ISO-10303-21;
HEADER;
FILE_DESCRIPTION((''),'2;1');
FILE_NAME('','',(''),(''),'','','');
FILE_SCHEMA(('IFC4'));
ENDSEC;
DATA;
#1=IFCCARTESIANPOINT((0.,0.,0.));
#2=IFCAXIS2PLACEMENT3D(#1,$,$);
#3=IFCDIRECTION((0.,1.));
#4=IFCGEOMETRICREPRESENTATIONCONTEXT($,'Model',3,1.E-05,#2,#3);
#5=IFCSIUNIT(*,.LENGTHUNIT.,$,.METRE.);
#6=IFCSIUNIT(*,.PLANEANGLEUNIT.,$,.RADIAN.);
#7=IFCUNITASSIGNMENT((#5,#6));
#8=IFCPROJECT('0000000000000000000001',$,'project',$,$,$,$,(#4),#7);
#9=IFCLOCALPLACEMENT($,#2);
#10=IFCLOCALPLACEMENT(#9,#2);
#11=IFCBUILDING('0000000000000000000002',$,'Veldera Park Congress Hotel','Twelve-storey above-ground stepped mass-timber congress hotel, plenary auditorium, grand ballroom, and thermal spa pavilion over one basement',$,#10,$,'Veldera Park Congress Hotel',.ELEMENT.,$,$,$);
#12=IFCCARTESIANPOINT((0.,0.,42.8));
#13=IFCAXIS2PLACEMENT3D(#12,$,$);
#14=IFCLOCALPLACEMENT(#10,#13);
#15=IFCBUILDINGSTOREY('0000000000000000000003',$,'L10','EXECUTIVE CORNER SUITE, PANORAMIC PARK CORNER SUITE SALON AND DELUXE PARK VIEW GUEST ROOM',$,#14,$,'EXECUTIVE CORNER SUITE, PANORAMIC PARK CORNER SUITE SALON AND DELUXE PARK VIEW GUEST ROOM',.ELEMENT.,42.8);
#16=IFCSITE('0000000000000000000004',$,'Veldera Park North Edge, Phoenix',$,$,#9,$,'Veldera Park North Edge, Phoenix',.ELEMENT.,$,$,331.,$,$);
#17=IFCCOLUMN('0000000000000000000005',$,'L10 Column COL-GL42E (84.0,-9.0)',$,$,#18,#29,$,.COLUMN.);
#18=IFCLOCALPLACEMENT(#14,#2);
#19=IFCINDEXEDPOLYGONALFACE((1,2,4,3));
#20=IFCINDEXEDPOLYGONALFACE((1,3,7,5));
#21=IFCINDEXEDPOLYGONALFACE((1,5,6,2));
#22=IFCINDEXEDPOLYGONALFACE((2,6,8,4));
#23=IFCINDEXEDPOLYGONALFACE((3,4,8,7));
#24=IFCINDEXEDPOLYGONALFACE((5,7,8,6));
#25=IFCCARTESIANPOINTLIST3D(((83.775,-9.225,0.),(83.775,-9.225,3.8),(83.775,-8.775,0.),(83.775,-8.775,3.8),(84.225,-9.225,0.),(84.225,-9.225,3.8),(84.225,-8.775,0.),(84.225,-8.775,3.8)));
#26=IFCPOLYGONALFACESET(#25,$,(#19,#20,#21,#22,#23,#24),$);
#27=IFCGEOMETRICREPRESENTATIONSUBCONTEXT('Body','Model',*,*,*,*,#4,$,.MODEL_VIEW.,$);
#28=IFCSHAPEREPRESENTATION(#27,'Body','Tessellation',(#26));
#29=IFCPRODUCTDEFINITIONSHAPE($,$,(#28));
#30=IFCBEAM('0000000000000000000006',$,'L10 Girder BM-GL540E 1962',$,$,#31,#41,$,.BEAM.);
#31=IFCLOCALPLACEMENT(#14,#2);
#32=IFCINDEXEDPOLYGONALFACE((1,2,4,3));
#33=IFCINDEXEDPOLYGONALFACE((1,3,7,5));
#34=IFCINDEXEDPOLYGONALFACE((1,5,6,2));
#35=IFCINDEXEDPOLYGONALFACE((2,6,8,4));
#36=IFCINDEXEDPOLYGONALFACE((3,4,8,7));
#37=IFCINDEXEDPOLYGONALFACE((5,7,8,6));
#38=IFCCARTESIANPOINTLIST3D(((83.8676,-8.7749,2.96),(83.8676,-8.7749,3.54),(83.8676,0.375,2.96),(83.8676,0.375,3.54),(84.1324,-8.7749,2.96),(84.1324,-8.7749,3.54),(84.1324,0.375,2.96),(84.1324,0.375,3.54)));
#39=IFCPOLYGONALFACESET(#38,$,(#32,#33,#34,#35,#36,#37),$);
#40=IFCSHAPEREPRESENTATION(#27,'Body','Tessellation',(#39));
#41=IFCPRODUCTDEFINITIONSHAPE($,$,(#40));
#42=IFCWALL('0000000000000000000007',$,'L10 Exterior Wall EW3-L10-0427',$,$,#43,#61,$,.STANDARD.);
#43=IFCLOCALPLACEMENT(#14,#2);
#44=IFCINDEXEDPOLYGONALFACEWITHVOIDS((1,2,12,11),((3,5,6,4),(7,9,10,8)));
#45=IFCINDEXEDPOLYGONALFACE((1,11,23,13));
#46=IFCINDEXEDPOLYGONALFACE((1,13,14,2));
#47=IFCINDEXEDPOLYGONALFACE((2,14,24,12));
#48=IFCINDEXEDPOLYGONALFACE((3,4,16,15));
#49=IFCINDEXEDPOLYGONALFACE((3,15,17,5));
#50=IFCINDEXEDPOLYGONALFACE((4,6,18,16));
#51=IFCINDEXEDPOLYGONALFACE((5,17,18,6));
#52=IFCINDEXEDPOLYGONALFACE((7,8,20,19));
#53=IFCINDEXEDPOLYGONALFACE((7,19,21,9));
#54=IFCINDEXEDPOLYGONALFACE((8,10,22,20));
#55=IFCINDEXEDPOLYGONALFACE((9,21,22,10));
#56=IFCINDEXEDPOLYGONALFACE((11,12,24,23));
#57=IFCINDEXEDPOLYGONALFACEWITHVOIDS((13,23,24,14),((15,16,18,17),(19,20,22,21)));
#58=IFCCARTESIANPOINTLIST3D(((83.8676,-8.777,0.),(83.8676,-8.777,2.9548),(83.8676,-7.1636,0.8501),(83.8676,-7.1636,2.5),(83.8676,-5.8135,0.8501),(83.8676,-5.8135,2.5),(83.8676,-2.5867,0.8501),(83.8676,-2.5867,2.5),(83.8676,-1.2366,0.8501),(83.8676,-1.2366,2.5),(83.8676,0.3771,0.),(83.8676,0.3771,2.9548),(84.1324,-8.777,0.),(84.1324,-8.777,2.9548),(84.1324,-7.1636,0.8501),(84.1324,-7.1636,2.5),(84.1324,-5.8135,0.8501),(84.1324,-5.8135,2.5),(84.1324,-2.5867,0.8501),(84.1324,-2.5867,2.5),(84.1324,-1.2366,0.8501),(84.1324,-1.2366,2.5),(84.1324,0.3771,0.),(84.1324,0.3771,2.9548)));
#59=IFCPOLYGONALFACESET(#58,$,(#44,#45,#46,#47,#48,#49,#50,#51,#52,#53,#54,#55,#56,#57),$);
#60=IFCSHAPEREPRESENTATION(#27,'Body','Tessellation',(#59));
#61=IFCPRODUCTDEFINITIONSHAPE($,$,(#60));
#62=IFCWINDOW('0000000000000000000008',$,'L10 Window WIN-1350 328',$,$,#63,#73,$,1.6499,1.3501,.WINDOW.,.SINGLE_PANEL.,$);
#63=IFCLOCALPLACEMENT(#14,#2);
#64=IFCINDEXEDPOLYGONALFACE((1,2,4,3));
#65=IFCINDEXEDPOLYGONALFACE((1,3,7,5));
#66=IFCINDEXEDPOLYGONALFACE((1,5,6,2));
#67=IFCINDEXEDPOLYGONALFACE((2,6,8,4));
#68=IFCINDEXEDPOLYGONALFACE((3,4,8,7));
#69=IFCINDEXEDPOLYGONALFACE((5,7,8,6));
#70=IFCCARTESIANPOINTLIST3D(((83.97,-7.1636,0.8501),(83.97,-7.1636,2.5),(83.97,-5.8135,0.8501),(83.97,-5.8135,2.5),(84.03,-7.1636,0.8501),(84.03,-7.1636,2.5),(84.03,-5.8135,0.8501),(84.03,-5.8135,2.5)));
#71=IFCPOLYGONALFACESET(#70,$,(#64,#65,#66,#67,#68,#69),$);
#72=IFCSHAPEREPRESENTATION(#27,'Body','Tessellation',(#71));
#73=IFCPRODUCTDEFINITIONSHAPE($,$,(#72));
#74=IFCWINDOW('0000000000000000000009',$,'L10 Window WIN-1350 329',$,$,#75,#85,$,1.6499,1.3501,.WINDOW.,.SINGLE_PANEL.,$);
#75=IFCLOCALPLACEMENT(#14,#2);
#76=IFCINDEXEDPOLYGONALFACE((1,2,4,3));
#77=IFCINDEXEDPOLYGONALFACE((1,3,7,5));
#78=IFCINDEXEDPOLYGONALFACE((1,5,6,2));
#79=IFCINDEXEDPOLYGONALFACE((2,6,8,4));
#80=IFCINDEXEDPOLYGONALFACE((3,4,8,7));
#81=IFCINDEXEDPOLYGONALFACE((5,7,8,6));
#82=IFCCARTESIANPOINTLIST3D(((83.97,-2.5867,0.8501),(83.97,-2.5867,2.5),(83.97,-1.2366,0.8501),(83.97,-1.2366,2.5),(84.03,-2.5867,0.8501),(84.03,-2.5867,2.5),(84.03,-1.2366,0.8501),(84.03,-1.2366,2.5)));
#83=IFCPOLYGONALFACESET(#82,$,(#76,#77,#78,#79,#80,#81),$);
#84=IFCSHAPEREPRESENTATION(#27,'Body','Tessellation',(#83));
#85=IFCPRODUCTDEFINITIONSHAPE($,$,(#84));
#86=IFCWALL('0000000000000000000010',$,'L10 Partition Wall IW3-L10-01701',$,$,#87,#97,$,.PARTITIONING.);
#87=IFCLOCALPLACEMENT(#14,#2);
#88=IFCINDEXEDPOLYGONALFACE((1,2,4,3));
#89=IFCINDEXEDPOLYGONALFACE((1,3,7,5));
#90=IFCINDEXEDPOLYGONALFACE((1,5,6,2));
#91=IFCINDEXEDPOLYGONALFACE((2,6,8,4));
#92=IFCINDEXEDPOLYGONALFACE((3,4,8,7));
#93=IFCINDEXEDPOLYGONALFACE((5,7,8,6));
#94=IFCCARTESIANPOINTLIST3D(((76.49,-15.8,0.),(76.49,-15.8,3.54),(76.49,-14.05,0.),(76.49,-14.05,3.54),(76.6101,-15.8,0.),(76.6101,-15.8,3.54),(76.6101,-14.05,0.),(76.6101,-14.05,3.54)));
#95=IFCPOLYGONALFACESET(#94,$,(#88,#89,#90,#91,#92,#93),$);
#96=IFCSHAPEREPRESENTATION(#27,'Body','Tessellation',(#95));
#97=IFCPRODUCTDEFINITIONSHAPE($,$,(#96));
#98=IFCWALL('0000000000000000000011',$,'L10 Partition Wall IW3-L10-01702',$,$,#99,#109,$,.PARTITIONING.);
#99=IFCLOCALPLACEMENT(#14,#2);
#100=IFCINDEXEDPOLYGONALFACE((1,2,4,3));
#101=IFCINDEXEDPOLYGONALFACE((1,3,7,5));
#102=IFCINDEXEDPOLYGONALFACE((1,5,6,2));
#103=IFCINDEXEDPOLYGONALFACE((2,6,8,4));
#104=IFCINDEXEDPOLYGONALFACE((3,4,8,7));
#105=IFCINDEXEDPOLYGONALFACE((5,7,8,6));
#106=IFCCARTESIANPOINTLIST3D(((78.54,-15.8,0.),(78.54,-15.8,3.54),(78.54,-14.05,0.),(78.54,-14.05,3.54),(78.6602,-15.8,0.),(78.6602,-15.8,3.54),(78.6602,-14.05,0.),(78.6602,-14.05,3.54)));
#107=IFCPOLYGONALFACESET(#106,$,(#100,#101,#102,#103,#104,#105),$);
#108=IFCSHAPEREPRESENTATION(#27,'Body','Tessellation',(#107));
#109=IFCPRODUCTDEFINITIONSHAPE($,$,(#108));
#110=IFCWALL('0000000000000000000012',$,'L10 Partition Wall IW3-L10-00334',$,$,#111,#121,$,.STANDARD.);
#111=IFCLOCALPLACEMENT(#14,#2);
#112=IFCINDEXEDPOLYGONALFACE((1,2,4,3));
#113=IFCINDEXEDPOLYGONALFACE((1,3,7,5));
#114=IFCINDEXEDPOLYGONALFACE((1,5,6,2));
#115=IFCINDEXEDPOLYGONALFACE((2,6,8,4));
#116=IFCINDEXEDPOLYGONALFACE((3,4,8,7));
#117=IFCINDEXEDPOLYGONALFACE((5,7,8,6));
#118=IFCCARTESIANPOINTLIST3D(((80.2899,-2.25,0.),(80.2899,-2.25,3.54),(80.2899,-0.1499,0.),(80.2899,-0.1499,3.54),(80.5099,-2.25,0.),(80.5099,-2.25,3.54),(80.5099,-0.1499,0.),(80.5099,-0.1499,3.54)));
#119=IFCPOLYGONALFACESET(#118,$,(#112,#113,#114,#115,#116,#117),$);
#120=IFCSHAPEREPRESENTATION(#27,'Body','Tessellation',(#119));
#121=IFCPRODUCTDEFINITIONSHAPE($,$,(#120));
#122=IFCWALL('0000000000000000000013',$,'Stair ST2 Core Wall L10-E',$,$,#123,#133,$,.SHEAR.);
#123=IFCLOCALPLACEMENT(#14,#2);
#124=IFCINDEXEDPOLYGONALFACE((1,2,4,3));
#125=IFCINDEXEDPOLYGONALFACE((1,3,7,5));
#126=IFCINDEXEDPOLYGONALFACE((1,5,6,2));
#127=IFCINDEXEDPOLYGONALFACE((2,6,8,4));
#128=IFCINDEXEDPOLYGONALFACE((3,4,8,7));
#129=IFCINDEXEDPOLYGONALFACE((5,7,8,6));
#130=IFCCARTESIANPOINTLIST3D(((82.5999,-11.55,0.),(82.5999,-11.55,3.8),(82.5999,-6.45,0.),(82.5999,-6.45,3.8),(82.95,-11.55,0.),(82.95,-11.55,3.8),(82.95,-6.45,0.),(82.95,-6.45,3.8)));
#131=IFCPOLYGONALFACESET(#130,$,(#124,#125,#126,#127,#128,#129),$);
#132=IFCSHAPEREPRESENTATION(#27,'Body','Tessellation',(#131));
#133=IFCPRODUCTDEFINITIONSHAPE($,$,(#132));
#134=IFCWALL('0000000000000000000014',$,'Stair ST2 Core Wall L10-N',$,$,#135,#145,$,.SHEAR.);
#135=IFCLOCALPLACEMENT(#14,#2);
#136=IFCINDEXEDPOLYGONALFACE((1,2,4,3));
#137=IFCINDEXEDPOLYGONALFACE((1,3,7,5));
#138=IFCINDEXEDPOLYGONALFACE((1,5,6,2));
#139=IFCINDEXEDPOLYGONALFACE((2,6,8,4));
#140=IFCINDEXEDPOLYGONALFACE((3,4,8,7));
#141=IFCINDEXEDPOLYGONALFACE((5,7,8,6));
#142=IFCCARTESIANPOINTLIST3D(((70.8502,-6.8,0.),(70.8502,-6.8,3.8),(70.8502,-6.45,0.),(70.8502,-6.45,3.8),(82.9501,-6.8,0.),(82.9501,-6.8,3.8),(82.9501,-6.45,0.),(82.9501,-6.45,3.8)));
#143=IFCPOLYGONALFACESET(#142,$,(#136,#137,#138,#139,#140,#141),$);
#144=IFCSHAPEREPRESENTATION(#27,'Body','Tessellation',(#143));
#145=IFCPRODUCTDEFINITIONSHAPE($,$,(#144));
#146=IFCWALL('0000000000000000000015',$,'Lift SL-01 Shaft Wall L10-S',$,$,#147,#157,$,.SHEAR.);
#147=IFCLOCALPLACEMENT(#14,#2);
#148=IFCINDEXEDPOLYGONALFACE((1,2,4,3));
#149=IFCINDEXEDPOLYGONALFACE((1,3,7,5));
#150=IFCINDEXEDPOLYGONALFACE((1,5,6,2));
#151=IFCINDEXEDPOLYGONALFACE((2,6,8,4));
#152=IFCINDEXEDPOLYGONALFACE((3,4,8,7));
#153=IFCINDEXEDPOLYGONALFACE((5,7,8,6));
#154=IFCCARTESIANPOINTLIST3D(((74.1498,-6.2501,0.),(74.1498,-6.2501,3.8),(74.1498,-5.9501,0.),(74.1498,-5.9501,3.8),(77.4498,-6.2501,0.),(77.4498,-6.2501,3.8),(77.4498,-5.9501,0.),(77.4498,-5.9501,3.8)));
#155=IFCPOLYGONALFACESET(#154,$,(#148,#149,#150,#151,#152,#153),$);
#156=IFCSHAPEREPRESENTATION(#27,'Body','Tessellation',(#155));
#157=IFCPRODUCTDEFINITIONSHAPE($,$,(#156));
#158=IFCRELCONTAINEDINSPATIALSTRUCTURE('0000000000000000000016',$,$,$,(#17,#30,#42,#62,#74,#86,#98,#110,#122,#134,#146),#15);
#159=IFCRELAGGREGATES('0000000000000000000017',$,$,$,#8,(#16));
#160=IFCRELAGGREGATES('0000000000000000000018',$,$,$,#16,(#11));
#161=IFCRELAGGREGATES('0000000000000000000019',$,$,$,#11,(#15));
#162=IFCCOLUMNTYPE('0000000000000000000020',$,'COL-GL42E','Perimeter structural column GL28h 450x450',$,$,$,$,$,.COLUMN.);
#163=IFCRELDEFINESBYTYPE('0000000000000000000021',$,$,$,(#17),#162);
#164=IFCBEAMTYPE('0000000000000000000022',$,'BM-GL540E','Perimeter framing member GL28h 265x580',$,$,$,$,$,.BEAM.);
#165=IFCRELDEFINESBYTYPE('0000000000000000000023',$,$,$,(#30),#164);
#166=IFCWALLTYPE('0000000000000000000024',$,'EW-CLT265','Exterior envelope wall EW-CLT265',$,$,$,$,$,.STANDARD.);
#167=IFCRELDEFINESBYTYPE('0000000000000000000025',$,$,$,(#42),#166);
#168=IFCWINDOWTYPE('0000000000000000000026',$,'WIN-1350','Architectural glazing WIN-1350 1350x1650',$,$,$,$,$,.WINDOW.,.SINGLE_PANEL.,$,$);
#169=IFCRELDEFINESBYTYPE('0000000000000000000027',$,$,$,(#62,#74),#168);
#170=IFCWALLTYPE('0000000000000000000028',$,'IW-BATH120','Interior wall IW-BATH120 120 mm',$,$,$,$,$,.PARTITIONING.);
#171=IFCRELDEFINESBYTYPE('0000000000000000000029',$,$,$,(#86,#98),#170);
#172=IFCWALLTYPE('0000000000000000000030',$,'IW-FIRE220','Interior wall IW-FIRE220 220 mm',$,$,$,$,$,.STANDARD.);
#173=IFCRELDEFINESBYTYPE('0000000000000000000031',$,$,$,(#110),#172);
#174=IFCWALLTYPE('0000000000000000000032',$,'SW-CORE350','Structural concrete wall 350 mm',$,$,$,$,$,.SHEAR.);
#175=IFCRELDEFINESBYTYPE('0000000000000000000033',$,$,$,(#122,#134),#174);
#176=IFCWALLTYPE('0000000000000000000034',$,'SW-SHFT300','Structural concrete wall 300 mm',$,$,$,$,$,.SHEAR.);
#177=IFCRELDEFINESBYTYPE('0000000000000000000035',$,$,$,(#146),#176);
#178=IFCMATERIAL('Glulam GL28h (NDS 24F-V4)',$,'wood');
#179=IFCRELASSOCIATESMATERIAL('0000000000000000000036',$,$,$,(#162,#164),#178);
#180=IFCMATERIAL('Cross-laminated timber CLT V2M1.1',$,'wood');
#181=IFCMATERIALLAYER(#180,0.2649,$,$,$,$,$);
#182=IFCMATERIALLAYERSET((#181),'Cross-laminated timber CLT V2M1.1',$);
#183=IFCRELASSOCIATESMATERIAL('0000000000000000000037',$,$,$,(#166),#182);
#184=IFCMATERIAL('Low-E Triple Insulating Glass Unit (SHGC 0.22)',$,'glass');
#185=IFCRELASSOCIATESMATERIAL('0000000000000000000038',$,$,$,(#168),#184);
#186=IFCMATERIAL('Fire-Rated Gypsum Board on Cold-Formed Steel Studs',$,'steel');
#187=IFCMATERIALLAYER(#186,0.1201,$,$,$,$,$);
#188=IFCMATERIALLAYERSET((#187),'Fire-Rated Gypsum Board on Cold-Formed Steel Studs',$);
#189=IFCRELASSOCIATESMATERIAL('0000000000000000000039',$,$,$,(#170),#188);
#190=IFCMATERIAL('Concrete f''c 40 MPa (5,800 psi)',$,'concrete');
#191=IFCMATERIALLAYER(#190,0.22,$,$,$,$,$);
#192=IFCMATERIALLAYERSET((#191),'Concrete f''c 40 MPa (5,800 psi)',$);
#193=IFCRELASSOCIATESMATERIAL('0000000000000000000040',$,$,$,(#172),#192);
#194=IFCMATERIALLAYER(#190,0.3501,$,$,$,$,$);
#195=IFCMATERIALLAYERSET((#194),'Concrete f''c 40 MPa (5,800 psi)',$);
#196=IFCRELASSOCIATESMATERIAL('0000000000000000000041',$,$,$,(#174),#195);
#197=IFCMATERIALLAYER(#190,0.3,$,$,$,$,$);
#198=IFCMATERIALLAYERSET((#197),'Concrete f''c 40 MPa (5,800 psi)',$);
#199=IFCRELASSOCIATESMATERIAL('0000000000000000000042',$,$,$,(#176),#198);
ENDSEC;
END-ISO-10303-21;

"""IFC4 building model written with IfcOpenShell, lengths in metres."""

from ifc_helpers import new_model, si_unit, direction, frame, frame_2d, origin, origin_2d, place, context, subcontext, project, spatial, rectangle, extrude, material, layer, layer_set, material_profile, profile_set, type_object, element, fill, save


model = new_model("IFC4")

# Units and contexts
model_context = context("Model", 3, precision=1e-05, world=origin(), true_north=direction((0.0, 1.0)))
body_context = subcontext(model_context, "Body", "Model", "MODEL_VIEW")
ifc_project = project(units=[si_unit("LENGTHUNIT", "METRE"), si_unit("PLANEANGLEUNIT", "RADIAN")], contexts=[model_context])

# Site, building, storey
site_placement = place(None, origin())
site = spatial("IfcSite", under=ifc_project, at=site_placement, Name="Veldera Park North Edge, Phoenix", LongName="Veldera Park North Edge, Phoenix", CompositionType="ELEMENT", RefElevation=331.0)
building_placement = place(site_placement, origin())
building = spatial("IfcBuilding", under=site, at=building_placement, Name="Veldera Park Congress Hotel", Description="Twelve-storey above-ground stepped mass-timber congress hotel, plenary auditorium, grand ballroom, and thermal spa pavilion over one basement", LongName="Veldera Park Congress Hotel", CompositionType="ELEMENT")
storey_placement = place(building_placement, frame((0.0, 0.0, 42.8)))
storey = spatial("IfcBuildingStorey", under=building, at=storey_placement, Name="L10", Description="EXECUTIVE CORNER SUITE, PANORAMIC PARK CORNER SUITE SALON AND DELUXE PARK VIEW GUEST ROOM", LongName="EXECUTIVE CORNER SUITE, PANORAMIC PARK CORNER SUITE SALON AND DELUXE PARK VIEW GUEST ROOM", CompositionType="ELEMENT", Elevation=42.8)

# Column
ifc_material_1 = material(Name="Glulam GL28h (NDS 24F-V4)", Category="wood")
ifc_material_profile_1 = material_profile(ifc_material_1, rectangle(XDim=0.45, YDim=0.45, at=origin_2d()), Name="GL28h 450x450")
ifc_profile_set_1 = profile_set([ifc_material_profile_1], Name="Glulam GL28h (NDS 24F-V4)")
column_type = type_object("IfcColumnType", Name="COL-GL42E", Description="Perimeter structural column GL28h 450x450", PredefinedType="COLUMN", material=ifc_profile_set_1)
column_placement = place(storey_placement, frame((84.0, -9.0, 0.0), z_axis=(0.0, 0.0, 1.0), x_axis=(1.0, 0.0, 0.0)))
element("IfcColumn", 1, at=column_placement, inside=storey, type_object=column_type, Name="L10 Column COL-GL42E (84.0,-9.0)", PredefinedType="COLUMN", context=body_context, shape_type="SweptSolid", body=[
    extrude(rectangle(XDim=0.45, YDim=0.45, at=origin_2d()), origin(), (0.0, 0.0, 1.0), 3.8),
])

# Beam
ifc_material_profile_2 = material_profile(ifc_material_1, rectangle(XDim=0.2649, YDim=0.5801, at=origin_2d()), Name="GL28h 265x580")
ifc_profile_set_2 = profile_set([ifc_material_profile_2], Name="Glulam GL28h (NDS 24F-V4)")
beam_type = type_object("IfcBeamType", Name="BM-GL540E", Description="Perimeter framing member GL28h 265x580", PredefinedType="BEAM", material=ifc_profile_set_2)
beam_placement = place(storey_placement, frame((84.0, -8.7749, 3.25), z_axis=(0.0, 1.0, 0.0), x_axis=(-1.0, 0.0, 0.0)))
element("IfcBeam", 2, at=beam_placement, inside=storey, type_object=beam_type, Name="L10 Girder BM-GL540E 1962", PredefinedType="BEAM", context=body_context, shape_type="SweptSolid", body=[
    extrude(rectangle(XDim=0.2649, YDim=0.5801, at=origin_2d()), origin(), (0.0, 0.0, 1.0), 9.1499),
])

# Wall, openings, windows
ifc_material_2 = material(Name="Cross-laminated timber CLT V2M1.1", Category="wood")
ifc_layer_1 = layer(ifc_material_2, 0.2649)
ifc_layer_set_1 = layer_set([ifc_layer_1], Name="Cross-laminated timber CLT V2M1.1")
wall_type_1 = type_object("IfcWallType", Name="EW-CLT265", Description="Exterior envelope wall EW-CLT265", PredefinedType="STANDARD", material=ifc_layer_set_1)
wall_1_placement = place(storey_placement, frame((84.0, -8.7771, 0.0), z_axis=(0.0, 0.0, 1.0), x_axis=(0.0, 1.0, 0.0)))
wall_1 = element("IfcWall", 3, at=wall_1_placement, inside=storey, type_object=wall_type_1, Name="L10 Exterior Wall EW3-L10-0427", PredefinedType="STANDARD", context=body_context, shape_type="SweptSolid", body=[
    extrude(rectangle(XDim=9.1541, YDim=0.2649, at=frame_2d((4.5771, 0.0))), origin(), (0.0, 0.0, 1.0), 2.9548),
])
opening_1_placement = place(wall_1_placement, frame((1.6135, 0.0, 0.8501)))
opening_1 = element("IfcOpeningElement", 4, at=opening_1_placement, cuts=wall_1, PredefinedType="OPENING", context=body_context, shape_type="SweptSolid", body=[
    extrude(rectangle(XDim=1.3501, YDim=1.6499, at=frame_2d((0.675, 0.825))), frame((0.0, 0.1445, 0.0), z_axis=(0.0, -1.0, 0.0), x_axis=(1.0, 0.0, 0.0)), (0.0, 0.0, 1.0), 0.2888),
])
opening_2_placement = place(wall_1_placement, frame((6.1904, 0.0, 0.8501)))
opening_2 = element("IfcOpeningElement", 5, at=opening_2_placement, cuts=wall_1, PredefinedType="OPENING", context=body_context, shape_type="SweptSolid", body=[
    extrude(rectangle(XDim=1.3501, YDim=1.6499, at=frame_2d((0.675, 0.825))), frame((0.0, 0.1445, 0.0), z_axis=(0.0, -1.0, 0.0), x_axis=(1.0, 0.0, 0.0)), (0.0, 0.0, 1.0), 0.2888),
])
ifc_material_3 = material(Name="Low-E Triple Insulating Glass Unit (SHGC 0.22)", Category="glass")
window_type = type_object("IfcWindowType", Name="WIN-1350", Description="Architectural glazing WIN-1350 1350x1650", PartitioningType="SINGLE_PANEL", PredefinedType="WINDOW", material=ifc_material_3)
window_1_placement = place(opening_1_placement, origin())
window_1 = element("IfcWindow", 6, at=window_1_placement, inside=storey, type_object=window_type, Name="L10 Window WIN-1350 328", OverallHeight=1.6499, OverallWidth=1.3501, PartitioningType="SINGLE_PANEL", PredefinedType="WINDOW", context=body_context, shape_type="SweptSolid", body=[
    extrude(rectangle(XDim=1.3501, YDim=1.6499, at=frame_2d((0.675, 0.825))), frame((0.0, 0.03, 0.0), z_axis=(0.0, -1.0, 0.0), x_axis=(1.0, 0.0, 0.0)), (0.0, 0.0, 1.0), 0.0601),
])
fill(opening_1, window_1)
window_2_placement = place(opening_2_placement, origin())
window_2 = element("IfcWindow", 7, at=window_2_placement, inside=storey, type_object=window_type, Name="L10 Window WIN-1350 329", OverallHeight=1.6499, OverallWidth=1.3501, PartitioningType="SINGLE_PANEL", PredefinedType="WINDOW", context=body_context, shape_type="SweptSolid", body=[
    extrude(rectangle(XDim=1.3501, YDim=1.6499, at=frame_2d((0.675, 0.825))), frame((0.0, 0.03, 0.0), z_axis=(0.0, -1.0, 0.0), x_axis=(1.0, 0.0, 0.0)), (0.0, 0.0, 1.0), 0.0601),
])
fill(opening_2, window_2)

# Walls
ifc_material_4 = material(Name="Fire-Rated Gypsum Board on Cold-Formed Steel Studs", Category="steel")
ifc_layer_2 = layer(ifc_material_4, 0.1201)
ifc_layer_set_2 = layer_set([ifc_layer_2], Name="Fire-Rated Gypsum Board on Cold-Formed Steel Studs")
wall_type_2 = type_object("IfcWallType", Name="IW-BATH120", Description="Interior wall IW-BATH120 120 mm", PredefinedType="PARTITIONING", material=ifc_layer_set_2)
for number, where, z_axis, x_axis, name in (
    (8, (76.55, -15.8, 0.0), (0.0, 0.0, 1.0), (0.0, 1.0, 0.0), "L10 Partition Wall IW3-L10-01701"),
    (9, (78.6001, -15.8, 0.0), (0.0, 0.0, 1.0), (0.0, 1.0, 0.0), "L10 Partition Wall IW3-L10-01702"),
):
    element("IfcWall", number, at=place(storey_placement, frame(where, z_axis=z_axis, x_axis=x_axis)), inside=storey, type_object=wall_type_2, Name=name, PredefinedType="PARTITIONING", context=body_context, shape_type="SweptSolid", body=[
        extrude(rectangle(XDim=1.75, YDim=0.1201, at=frame_2d((0.875, 0.0))), origin(), (0.0, 0.0, 1.0), 3.54),
    ])

# Walls
ifc_material_5 = material(Name="Concrete f'c 40 MPa (5,800 psi)", Category="concrete")
ifc_layer_3 = layer(ifc_material_5, 0.22)
ifc_layer_set_3 = layer_set([ifc_layer_3], Name="Concrete f'c 40 MPa (5,800 psi)")
wall_type_3 = type_object("IfcWallType", Name="IW-FIRE220", Description="Interior wall IW-FIRE220 220 mm", PredefinedType="STANDARD", material=ifc_layer_set_3)
wall_2_placement = place(storey_placement, frame((80.3999, -2.25, 0.0), z_axis=(0.0, 0.0, 1.0), x_axis=(0.0, 1.0, 0.0)))
element("IfcWall", 10, at=wall_2_placement, inside=storey, type_object=wall_type_3, Name="L10 Partition Wall IW3-L10-00334", PredefinedType="STANDARD", context=body_context, shape_type="SweptSolid", body=[
    extrude(rectangle(XDim=2.1001, YDim=0.22, at=frame_2d((1.05, 0.0))), origin(), (0.0, 0.0, 1.0), 3.54),
])
ifc_layer_4 = layer(ifc_material_5, 0.3501)
ifc_layer_set_4 = layer_set([ifc_layer_4], Name="Concrete f'c 40 MPa (5,800 psi)")
wall_type_4 = type_object("IfcWallType", Name="SW-CORE350", Description="Structural concrete wall 350 mm", PredefinedType="SHEAR", material=ifc_layer_set_4)
wall_3_placement = place(storey_placement, frame((82.7749, -11.55, 0.0), z_axis=(0.0, 0.0, 1.0), x_axis=(0.0, 1.0, 0.0)))
element("IfcWall", 11, at=wall_3_placement, inside=storey, type_object=wall_type_4, Name="Stair ST2 Core Wall L10-E", PredefinedType="SHEAR", context=body_context, shape_type="SweptSolid", body=[
    extrude(rectangle(XDim=5.1001, YDim=0.3501, at=frame_2d((2.55, 0.0))), origin(), (0.0, 0.0, 1.0), 3.8),
])
wall_4_placement = place(storey_placement, frame((82.95, -6.625, 0.0), z_axis=(0.0, 0.0, 1.0), x_axis=(-1.0, 0.0, 0.0)))
element("IfcWall", 12, at=wall_4_placement, inside=storey, type_object=wall_type_4, Name="Stair ST2 Core Wall L10-N", PredefinedType="SHEAR", context=body_context, shape_type="SweptSolid", body=[
    extrude(rectangle(XDim=12.0999, YDim=0.3501, at=frame_2d((6.0498, 0.0))), origin(), (0.0, 0.0, 1.0), 3.8),
])
ifc_layer_5 = layer(ifc_material_5, 0.3)
ifc_layer_set_5 = layer_set([ifc_layer_5], Name="Concrete f'c 40 MPa (5,800 psi)")
wall_type_5 = type_object("IfcWallType", Name="SW-SHFT300", Description="Structural concrete wall 300 mm", PredefinedType="SHEAR", material=ifc_layer_set_5)
wall_5_placement = place(storey_placement, frame((74.1499, -6.1001, 0.0), z_axis=(0.0, 0.0, 1.0), x_axis=(1.0, 0.0, 0.0)))
element("IfcWall", 13, at=wall_5_placement, inside=storey, type_object=wall_type_5, Name="Lift SL-01 Shaft Wall L10-S", PredefinedType="SHEAR", context=body_context, shape_type="SweptSolid", body=[
    extrude(rectangle(XDim=3.3, YDim=0.3, at=frame_2d((1.6499, 0.0))), origin(), (0.0, 0.0, 1.0), 3.8),
])

save(model, "model.ifc")
